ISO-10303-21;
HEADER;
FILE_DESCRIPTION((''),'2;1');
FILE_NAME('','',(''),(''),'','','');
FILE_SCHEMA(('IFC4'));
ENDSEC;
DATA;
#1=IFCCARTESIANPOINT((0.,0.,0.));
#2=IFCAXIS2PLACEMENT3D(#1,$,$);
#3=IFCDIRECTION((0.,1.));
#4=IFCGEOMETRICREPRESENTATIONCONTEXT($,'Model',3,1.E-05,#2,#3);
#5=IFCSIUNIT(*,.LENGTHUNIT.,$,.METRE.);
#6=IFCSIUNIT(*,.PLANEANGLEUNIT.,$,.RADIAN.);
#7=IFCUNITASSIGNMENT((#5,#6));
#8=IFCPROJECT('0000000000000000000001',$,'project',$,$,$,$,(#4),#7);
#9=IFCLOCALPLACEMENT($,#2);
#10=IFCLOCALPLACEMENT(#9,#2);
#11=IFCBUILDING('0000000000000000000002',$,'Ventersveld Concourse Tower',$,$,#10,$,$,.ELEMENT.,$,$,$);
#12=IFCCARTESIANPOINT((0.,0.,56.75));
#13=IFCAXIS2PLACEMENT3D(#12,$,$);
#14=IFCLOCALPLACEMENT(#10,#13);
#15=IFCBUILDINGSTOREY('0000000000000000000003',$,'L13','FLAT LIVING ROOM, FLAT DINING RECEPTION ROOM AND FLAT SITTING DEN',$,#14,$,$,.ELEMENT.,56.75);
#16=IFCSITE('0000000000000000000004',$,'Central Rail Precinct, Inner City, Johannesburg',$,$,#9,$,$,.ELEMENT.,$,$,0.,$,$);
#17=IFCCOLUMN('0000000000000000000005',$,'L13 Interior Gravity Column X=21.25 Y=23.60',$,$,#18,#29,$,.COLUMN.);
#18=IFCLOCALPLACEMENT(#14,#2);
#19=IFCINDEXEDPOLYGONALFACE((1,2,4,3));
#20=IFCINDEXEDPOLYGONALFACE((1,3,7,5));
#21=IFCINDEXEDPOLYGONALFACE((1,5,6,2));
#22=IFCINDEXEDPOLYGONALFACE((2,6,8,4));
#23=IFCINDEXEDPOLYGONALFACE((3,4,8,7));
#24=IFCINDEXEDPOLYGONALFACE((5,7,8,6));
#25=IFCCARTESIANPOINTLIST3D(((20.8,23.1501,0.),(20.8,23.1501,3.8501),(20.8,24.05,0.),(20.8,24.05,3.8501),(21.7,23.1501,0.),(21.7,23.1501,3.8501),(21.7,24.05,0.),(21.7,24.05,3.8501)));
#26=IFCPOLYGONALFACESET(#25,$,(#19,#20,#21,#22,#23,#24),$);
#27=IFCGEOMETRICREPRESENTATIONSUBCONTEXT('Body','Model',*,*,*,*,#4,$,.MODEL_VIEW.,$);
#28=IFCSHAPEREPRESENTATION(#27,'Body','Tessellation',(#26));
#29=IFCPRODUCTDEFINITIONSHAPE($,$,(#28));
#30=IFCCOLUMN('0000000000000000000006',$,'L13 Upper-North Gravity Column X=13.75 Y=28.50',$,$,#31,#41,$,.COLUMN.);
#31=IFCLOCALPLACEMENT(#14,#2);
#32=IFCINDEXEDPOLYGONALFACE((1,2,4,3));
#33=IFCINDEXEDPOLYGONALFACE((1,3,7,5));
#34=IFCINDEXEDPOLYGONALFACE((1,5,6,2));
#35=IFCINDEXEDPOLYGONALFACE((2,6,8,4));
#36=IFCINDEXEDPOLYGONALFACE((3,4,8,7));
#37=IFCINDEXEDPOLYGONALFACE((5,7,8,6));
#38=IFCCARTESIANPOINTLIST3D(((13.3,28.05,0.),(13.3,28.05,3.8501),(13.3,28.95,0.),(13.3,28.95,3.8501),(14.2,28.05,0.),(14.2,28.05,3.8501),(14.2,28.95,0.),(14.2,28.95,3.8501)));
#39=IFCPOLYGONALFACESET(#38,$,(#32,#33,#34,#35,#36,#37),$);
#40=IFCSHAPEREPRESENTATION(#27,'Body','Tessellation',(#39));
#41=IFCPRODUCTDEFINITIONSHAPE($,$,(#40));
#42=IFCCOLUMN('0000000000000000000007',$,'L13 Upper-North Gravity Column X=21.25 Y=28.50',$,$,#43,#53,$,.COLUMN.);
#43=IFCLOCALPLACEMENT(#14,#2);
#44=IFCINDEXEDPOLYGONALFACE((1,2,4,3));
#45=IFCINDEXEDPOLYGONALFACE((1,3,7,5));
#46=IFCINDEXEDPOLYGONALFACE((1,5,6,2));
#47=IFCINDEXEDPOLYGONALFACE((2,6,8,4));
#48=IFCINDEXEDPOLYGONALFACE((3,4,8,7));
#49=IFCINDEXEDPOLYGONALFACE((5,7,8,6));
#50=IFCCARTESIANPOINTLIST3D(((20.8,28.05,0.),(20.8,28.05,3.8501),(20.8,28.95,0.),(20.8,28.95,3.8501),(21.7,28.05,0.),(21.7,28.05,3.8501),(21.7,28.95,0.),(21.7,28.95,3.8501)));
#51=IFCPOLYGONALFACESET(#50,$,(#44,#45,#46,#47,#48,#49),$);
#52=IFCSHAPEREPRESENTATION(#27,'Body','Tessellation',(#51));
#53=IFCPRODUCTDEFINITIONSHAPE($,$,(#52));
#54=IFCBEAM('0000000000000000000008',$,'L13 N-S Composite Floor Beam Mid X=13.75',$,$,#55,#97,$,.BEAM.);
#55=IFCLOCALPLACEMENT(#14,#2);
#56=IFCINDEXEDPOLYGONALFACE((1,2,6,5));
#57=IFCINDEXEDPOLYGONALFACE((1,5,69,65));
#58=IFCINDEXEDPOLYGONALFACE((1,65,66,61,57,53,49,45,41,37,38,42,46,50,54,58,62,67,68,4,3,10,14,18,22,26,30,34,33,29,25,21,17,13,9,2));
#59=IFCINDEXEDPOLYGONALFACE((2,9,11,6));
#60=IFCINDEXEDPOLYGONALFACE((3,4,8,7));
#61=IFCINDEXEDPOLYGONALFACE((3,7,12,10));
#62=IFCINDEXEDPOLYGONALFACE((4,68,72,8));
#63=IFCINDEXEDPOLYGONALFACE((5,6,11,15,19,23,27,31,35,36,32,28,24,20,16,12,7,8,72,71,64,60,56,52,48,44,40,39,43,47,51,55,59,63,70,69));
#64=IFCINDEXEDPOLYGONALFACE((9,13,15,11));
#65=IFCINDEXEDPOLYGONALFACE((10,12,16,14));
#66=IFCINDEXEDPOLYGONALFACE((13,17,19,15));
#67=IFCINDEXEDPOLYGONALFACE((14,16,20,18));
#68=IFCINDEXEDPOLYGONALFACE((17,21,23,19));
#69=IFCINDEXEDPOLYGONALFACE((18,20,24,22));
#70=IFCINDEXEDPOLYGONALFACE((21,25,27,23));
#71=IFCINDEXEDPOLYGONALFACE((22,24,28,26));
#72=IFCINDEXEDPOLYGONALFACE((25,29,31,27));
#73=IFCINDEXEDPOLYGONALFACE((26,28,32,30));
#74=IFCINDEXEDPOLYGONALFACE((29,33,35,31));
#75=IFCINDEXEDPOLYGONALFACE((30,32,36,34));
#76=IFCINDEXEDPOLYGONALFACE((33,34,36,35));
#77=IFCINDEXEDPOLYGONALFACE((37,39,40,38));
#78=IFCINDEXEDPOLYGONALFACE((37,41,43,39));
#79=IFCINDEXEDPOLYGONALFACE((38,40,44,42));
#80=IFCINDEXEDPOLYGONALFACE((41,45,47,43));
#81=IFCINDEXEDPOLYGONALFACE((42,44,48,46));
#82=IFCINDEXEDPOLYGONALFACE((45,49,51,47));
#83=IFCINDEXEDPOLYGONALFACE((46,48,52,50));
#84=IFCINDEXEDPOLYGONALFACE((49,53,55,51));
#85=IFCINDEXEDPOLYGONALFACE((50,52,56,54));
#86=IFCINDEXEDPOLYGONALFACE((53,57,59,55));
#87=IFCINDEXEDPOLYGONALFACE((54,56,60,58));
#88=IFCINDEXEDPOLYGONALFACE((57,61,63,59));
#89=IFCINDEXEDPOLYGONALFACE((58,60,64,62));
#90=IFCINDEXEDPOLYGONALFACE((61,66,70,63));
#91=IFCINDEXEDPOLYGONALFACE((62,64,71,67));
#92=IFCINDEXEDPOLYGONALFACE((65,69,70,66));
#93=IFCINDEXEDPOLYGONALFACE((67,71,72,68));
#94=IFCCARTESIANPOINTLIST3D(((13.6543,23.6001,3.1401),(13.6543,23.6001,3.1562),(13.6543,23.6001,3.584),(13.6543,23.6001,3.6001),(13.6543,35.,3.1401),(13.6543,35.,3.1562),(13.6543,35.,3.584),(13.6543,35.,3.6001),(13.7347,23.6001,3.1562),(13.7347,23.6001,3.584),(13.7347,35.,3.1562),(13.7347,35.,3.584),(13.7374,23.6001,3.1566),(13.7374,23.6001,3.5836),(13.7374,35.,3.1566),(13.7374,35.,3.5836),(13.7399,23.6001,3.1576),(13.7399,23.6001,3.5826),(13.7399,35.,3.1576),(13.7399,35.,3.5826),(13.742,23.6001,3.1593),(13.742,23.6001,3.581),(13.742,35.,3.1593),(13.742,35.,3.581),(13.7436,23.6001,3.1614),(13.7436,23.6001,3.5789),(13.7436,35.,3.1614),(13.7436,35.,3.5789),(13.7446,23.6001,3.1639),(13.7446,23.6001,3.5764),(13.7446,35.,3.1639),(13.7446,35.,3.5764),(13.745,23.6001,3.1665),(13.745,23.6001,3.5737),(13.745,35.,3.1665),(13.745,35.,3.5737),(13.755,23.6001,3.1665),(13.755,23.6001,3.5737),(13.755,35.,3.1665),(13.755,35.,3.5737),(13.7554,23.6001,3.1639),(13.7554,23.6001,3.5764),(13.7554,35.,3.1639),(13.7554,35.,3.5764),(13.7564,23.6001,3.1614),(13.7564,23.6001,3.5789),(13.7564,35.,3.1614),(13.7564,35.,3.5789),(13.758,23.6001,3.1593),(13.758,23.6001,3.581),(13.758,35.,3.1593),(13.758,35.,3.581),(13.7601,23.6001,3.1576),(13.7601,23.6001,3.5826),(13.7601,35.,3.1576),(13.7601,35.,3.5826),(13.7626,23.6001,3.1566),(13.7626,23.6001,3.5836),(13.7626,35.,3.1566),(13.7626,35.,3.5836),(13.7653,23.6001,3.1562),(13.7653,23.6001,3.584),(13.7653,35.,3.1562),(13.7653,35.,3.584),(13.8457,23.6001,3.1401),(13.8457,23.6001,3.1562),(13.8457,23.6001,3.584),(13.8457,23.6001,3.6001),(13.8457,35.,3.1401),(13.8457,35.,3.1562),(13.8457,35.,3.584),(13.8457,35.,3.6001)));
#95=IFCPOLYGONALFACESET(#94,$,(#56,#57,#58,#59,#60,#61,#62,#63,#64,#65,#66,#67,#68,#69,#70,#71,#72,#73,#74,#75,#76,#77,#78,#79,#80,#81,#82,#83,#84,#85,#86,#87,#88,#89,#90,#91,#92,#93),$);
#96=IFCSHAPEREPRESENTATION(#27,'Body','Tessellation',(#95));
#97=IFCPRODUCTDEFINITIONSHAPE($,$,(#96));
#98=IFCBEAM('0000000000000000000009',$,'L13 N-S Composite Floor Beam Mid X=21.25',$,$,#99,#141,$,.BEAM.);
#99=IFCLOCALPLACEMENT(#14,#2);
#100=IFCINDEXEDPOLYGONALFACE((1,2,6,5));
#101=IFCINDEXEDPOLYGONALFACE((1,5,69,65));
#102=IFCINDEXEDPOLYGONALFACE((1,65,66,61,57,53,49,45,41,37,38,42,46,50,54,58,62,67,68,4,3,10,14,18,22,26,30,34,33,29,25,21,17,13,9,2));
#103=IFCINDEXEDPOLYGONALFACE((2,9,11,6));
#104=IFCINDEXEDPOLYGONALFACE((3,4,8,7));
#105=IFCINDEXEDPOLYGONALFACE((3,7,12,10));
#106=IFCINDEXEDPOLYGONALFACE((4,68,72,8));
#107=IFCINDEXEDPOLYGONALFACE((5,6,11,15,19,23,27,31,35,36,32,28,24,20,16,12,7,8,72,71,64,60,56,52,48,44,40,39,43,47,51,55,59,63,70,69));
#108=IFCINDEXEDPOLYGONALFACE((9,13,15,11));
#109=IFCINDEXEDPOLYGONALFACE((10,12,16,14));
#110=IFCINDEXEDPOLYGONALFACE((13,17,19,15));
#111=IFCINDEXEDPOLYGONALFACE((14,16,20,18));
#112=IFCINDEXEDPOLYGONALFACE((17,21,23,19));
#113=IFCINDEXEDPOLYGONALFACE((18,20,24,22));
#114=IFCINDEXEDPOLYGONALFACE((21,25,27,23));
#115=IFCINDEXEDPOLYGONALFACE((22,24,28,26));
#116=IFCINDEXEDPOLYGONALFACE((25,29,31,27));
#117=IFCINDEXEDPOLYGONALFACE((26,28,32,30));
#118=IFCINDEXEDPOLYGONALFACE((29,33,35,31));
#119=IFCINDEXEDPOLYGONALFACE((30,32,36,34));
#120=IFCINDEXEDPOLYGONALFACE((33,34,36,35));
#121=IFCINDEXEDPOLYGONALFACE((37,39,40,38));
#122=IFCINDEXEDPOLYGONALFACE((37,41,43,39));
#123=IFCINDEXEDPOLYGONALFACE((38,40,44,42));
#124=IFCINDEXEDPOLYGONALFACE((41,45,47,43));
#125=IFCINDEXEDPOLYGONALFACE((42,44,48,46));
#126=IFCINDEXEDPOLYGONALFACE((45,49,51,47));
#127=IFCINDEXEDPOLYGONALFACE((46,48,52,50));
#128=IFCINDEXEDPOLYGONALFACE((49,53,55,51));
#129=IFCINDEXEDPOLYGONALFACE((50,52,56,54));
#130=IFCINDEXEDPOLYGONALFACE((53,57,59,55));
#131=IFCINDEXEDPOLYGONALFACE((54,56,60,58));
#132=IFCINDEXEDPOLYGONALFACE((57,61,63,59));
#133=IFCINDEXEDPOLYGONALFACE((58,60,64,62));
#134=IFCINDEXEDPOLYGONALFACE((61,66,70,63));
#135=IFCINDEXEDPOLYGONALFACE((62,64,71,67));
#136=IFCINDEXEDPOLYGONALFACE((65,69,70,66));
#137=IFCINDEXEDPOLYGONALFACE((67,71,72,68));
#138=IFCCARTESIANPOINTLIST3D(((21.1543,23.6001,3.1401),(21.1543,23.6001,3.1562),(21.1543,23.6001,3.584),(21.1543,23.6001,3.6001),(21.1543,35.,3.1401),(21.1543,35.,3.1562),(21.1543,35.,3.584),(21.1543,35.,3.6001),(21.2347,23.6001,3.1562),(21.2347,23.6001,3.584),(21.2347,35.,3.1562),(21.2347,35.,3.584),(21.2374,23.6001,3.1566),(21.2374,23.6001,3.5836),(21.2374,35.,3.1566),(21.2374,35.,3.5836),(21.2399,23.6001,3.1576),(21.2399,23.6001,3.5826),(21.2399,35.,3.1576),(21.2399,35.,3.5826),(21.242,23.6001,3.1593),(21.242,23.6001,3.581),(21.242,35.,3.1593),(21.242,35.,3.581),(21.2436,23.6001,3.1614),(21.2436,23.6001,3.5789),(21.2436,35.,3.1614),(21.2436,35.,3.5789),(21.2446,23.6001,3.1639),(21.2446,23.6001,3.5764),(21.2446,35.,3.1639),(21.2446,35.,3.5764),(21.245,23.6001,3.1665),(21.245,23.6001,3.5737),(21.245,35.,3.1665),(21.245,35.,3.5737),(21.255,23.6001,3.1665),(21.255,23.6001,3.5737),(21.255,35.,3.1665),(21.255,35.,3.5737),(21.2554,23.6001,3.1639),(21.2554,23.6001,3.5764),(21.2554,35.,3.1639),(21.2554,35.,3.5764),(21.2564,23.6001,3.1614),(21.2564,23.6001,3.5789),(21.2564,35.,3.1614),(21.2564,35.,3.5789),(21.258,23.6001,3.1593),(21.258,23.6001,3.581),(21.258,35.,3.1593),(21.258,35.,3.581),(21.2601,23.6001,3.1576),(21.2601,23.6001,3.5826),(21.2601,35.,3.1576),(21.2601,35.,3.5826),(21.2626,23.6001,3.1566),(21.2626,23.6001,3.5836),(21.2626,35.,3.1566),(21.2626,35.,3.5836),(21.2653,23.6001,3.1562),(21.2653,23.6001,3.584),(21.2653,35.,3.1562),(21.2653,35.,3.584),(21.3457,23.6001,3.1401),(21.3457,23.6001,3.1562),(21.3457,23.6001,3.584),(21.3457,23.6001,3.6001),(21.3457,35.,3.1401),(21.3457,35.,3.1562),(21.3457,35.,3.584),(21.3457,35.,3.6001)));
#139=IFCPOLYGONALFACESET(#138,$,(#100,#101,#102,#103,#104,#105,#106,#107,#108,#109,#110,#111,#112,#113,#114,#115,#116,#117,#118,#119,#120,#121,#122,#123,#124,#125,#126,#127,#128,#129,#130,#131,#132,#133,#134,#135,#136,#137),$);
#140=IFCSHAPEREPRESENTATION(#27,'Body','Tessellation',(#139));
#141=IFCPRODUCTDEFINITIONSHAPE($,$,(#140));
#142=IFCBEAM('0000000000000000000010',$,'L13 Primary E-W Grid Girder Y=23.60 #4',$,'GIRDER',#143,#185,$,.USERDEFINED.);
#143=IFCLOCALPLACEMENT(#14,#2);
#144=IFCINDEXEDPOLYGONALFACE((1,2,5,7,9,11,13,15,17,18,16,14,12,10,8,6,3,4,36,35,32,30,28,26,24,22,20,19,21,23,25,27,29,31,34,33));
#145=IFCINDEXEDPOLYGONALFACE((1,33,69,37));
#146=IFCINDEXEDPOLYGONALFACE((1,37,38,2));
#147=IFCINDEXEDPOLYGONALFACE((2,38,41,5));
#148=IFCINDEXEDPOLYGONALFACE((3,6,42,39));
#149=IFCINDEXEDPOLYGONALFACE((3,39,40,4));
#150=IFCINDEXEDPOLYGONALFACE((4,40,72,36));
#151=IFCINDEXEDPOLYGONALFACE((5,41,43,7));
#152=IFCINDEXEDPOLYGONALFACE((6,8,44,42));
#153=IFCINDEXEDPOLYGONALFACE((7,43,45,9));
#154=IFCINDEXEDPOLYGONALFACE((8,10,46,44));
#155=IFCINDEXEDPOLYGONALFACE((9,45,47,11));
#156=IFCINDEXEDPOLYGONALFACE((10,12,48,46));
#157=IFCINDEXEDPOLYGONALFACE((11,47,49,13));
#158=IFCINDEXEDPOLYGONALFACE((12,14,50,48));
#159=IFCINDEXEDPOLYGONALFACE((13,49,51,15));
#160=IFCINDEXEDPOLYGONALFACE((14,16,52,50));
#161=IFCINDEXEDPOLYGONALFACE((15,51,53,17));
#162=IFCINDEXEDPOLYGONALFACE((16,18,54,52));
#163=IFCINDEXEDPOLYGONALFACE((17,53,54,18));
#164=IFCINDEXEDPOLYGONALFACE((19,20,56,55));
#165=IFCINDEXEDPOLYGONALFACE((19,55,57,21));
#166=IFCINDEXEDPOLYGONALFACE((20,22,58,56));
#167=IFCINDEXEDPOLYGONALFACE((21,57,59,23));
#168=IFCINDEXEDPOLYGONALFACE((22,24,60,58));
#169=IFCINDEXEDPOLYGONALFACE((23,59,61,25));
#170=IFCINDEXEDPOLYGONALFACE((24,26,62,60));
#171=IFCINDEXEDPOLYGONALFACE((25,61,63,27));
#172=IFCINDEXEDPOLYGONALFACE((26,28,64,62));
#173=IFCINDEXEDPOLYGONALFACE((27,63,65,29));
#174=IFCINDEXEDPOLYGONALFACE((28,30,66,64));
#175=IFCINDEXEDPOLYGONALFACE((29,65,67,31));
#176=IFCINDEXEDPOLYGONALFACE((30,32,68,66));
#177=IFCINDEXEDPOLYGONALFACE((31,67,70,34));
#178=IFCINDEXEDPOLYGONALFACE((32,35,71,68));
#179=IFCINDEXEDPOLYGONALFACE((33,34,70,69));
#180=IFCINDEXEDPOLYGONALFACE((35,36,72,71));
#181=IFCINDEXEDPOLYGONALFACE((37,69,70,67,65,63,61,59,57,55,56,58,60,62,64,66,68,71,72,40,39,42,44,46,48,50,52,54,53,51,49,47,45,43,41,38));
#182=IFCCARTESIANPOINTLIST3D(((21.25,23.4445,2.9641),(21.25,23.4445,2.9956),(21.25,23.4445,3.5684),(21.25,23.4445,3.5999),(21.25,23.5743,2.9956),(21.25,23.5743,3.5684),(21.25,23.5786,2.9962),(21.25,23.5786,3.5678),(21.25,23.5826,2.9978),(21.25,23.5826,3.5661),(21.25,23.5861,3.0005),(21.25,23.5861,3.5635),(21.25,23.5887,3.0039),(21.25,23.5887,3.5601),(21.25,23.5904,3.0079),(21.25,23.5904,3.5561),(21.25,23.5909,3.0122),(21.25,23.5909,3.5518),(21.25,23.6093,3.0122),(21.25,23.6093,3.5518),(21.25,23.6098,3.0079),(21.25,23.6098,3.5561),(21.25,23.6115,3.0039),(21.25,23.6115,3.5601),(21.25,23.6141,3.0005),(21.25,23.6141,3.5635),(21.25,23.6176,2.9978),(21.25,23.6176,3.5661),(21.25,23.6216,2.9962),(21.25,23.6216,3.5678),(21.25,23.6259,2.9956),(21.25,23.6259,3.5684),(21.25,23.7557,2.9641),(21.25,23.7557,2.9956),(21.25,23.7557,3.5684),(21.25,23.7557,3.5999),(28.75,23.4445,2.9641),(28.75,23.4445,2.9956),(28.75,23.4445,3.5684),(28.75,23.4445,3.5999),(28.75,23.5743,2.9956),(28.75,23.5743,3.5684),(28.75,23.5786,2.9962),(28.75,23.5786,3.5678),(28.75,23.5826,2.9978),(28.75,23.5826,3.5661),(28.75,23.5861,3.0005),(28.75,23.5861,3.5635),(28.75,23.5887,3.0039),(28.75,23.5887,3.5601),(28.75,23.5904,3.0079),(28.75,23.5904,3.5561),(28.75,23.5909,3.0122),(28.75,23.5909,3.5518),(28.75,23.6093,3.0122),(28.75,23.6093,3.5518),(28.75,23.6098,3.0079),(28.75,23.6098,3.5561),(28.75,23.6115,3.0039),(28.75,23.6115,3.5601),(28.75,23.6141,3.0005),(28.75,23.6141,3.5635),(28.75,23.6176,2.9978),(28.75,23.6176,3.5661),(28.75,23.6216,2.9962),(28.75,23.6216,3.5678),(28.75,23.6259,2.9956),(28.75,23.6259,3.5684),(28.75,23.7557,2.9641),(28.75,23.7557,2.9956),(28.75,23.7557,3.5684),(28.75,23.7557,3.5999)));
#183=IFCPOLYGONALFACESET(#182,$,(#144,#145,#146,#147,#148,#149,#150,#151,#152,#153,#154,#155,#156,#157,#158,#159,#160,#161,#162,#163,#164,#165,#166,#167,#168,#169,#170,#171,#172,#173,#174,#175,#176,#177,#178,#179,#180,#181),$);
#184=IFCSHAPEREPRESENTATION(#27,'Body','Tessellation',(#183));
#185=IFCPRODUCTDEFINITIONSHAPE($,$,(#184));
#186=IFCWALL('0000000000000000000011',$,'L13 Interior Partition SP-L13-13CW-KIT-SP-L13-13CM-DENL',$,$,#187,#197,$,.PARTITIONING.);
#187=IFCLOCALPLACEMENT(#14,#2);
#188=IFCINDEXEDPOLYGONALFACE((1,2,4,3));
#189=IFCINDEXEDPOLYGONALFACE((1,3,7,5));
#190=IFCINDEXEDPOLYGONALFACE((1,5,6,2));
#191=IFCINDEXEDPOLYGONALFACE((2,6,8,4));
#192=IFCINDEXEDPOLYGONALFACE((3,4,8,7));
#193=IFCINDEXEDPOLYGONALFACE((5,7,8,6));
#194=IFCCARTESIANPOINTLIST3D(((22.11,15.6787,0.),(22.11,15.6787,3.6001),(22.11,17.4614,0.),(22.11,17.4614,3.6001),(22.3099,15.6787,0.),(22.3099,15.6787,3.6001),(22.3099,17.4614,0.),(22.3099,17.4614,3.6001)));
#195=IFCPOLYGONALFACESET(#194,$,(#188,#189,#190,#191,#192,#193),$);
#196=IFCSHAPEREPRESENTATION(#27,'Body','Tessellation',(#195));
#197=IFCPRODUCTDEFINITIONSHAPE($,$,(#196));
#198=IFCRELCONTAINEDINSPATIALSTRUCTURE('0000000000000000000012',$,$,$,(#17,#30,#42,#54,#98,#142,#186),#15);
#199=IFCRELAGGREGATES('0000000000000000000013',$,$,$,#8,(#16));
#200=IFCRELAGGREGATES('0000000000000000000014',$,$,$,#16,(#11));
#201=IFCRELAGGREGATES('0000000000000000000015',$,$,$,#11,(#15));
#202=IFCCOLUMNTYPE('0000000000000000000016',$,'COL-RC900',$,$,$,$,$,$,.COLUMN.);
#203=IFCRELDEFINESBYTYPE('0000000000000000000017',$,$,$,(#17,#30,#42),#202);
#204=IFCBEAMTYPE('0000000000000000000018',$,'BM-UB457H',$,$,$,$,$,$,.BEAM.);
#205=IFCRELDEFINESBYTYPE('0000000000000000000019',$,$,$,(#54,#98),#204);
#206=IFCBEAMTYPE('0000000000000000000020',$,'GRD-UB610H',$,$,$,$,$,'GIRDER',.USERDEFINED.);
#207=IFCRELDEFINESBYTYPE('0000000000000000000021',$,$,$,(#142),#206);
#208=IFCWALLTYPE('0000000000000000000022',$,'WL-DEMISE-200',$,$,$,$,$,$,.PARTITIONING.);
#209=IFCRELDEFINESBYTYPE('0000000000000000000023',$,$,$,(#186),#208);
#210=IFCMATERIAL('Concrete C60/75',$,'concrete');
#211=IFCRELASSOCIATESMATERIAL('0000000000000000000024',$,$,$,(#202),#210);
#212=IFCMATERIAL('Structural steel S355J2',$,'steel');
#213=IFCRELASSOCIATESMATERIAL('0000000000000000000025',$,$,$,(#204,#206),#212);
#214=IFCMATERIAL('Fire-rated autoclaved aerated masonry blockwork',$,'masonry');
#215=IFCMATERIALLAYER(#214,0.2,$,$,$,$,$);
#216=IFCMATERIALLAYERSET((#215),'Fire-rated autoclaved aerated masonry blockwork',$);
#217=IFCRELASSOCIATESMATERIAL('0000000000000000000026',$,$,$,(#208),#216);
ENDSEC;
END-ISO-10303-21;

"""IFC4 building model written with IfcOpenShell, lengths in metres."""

from ifc_helpers import new_model, si_unit, direction, frame, frame_2d, origin, origin_2d, place, context, subcontext, project, spatial, rectangle, i_section, extrude, material, layer, layer_set, material_profile, profile_set, type_object, element, save


model = new_model("IFC4")

# Units and contexts
model_context = context("Model", 3, precision=1e-05, world=origin(), true_north=direction((0.0, 1.0)))
body_context = subcontext(model_context, "Body", "Model", "MODEL_VIEW")
ifc_project = project(units=[si_unit("LENGTHUNIT", "METRE"), si_unit("PLANEANGLEUNIT", "RADIAN")], contexts=[model_context])

# Site, building, storey
site_placement = place(None, origin())
site = spatial("IfcSite", under=ifc_project, at=site_placement, Name="Central Rail Precinct, Inner City, Johannesburg", CompositionType="ELEMENT", RefElevation=0.0)
building_placement = place(site_placement, origin())
building = spatial("IfcBuilding", under=site, at=building_placement, Name="Ventersveld Concourse Tower", CompositionType="ELEMENT")
storey_placement = place(building_placement, frame((0.0, 0.0, 56.75)))
storey = spatial("IfcBuildingStorey", under=building, at=storey_placement, Name="L13", Description="FLAT LIVING ROOM, FLAT DINING RECEPTION ROOM AND FLAT SITTING DEN", CompositionType="ELEMENT", Elevation=56.75)

# Columns
ifc_material_1 = material(Name="Concrete C60/75", Category="concrete")
ifc_material_profile_1 = material_profile(ifc_material_1, rectangle(XDim=0.8999, YDim=0.8999, at=origin_2d()), Name="RC 900x900")
ifc_profile_set_1 = profile_set([ifc_material_profile_1], Name="Concrete C60/75")
column_type = type_object("IfcColumnType", Name="COL-RC900", PredefinedType="COLUMN", material=ifc_profile_set_1)
for number, where, z_axis, x_axis, name in (
    (1, (21.25, 23.6001, 0.0), (0.0, 0.0, 1.0), (1.0, 0.0, 0.0), "L13 Interior Gravity Column X=21.25 Y=23.60"),
    (2, (13.75, 28.5, 0.0), (0.0, 0.0, 1.0), (1.0, 0.0, 0.0), "L13 Upper-North Gravity Column X=13.75 Y=28.50"),
    (3, (21.25, 28.5, 0.0), (0.0, 0.0, 1.0), (1.0, 0.0, 0.0), "L13 Upper-North Gravity Column X=21.25 Y=28.50"),
):
    element("IfcColumn", number, at=place(storey_placement, frame(where, z_axis=z_axis, x_axis=x_axis)), inside=storey, type_object=column_type, Name=name, PredefinedType="COLUMN", context=body_context, shape_type="SweptSolid", body=[
        extrude(rectangle(XDim=0.8999, YDim=0.8999, at=origin_2d()), origin(), (0.0, 0.0, 1.0), 3.8501),
    ])

# Beams
ifc_material_2 = material(Name="Structural steel S355J2", Category="steel")
ifc_material_profile_2 = material_profile(ifc_material_2, i_section(OverallWidth=0.1914, OverallDepth=0.46, WebThickness=0.01, FlangeThickness=0.0161, FilletRadius=0.0103, at=origin_2d()), Name="UB 457x191x82")
ifc_profile_set_2 = profile_set([ifc_material_profile_2], Name="Structural steel S355J2")
beam_type_1 = type_object("IfcBeamType", Name="BM-UB457H", PredefinedType="BEAM", material=ifc_profile_set_2)
for number, where, z_axis, x_axis, name in (
    (4, (13.75, 23.6001, 3.3701), (0.0, 1.0, 0.0), (-1.0, 0.0, 0.0), "L13 N-S Composite Floor Beam Mid X=13.75"),
    (5, (21.25, 23.6001, 3.3701), (0.0, 1.0, 0.0), (-1.0, 0.0, 0.0), "L13 N-S Composite Floor Beam Mid X=21.25"),
):
    element("IfcBeam", number, at=place(storey_placement, frame(where, z_axis=z_axis, x_axis=x_axis)), inside=storey, type_object=beam_type_1, Name=name, PredefinedType="BEAM", context=body_context, shape_type="SweptSolid", body=[
        extrude(i_section(OverallWidth=0.1914, OverallDepth=0.46, WebThickness=0.01, FlangeThickness=0.0161, FilletRadius=0.0103, at=origin_2d()), origin(), (0.0, 0.0, 1.0), 11.3999),
    ])
ifc_material_profile_3 = material_profile(ifc_material_2, i_section(OverallWidth=0.3113, OverallDepth=0.6357, WebThickness=0.0183, FlangeThickness=0.0315, FilletRadius=0.0166, at=origin_2d()), Name="UB 610x305x238")
ifc_profile_set_3 = profile_set([ifc_material_profile_3], Name="Structural steel S355J2")
beam_type_2 = type_object("IfcBeamType", Name="GRD-UB610H", ElementType="GIRDER", PredefinedType="USERDEFINED", material=ifc_profile_set_3)
beam_placement = place(storey_placement, frame((21.25, 23.6001, 3.282), z_axis=(1.0, 0.0, 0.0), x_axis=(0.0, 1.0, 0.0)))
element("IfcBeam", 6, at=beam_placement, inside=storey, type_object=beam_type_2, Name="L13 Primary E-W Grid Girder Y=23.60 #4", ObjectType="GIRDER", PredefinedType="USERDEFINED", context=body_context, shape_type="SweptSolid", body=[
    extrude(i_section(OverallWidth=0.3113, OverallDepth=0.6357, WebThickness=0.0183, FlangeThickness=0.0315, FilletRadius=0.0166, at=origin_2d()), origin(), (0.0, 0.0, 1.0), 7.5),
])

# Wall
ifc_material_3 = material(Name="Fire-rated autoclaved aerated masonry blockwork", Category="masonry")
ifc_layer_1 = layer(ifc_material_3, 0.2)
ifc_layer_set_1 = layer_set([ifc_layer_1], Name="Fire-rated autoclaved aerated masonry blockwork")
wall_type_1 = type_object("IfcWallType", Name="WL-DEMISE-200", PredefinedType="PARTITIONING", material=ifc_layer_set_1)
wall_1_placement = place(storey_placement, frame((22.21, 15.6787, 0.0), z_axis=(0.0, 0.0, 1.0), x_axis=(0.0, 1.0, 0.0)))
element("IfcWall", 7, at=wall_1_placement, inside=storey, type_object=wall_type_1, Name="L13 Interior Partition SP-L13-13CW-KIT-SP-L13-13CM-DENL", PredefinedType="PARTITIONING", context=body_context, shape_type="SweptSolid", body=[
    extrude(rectangle(XDim=1.7827, YDim=0.2, at=frame_2d((0.8914, 0.0))), origin(), (0.0, 0.0, 1.0), 3.6001),
])

save(model, "model.ifc")
